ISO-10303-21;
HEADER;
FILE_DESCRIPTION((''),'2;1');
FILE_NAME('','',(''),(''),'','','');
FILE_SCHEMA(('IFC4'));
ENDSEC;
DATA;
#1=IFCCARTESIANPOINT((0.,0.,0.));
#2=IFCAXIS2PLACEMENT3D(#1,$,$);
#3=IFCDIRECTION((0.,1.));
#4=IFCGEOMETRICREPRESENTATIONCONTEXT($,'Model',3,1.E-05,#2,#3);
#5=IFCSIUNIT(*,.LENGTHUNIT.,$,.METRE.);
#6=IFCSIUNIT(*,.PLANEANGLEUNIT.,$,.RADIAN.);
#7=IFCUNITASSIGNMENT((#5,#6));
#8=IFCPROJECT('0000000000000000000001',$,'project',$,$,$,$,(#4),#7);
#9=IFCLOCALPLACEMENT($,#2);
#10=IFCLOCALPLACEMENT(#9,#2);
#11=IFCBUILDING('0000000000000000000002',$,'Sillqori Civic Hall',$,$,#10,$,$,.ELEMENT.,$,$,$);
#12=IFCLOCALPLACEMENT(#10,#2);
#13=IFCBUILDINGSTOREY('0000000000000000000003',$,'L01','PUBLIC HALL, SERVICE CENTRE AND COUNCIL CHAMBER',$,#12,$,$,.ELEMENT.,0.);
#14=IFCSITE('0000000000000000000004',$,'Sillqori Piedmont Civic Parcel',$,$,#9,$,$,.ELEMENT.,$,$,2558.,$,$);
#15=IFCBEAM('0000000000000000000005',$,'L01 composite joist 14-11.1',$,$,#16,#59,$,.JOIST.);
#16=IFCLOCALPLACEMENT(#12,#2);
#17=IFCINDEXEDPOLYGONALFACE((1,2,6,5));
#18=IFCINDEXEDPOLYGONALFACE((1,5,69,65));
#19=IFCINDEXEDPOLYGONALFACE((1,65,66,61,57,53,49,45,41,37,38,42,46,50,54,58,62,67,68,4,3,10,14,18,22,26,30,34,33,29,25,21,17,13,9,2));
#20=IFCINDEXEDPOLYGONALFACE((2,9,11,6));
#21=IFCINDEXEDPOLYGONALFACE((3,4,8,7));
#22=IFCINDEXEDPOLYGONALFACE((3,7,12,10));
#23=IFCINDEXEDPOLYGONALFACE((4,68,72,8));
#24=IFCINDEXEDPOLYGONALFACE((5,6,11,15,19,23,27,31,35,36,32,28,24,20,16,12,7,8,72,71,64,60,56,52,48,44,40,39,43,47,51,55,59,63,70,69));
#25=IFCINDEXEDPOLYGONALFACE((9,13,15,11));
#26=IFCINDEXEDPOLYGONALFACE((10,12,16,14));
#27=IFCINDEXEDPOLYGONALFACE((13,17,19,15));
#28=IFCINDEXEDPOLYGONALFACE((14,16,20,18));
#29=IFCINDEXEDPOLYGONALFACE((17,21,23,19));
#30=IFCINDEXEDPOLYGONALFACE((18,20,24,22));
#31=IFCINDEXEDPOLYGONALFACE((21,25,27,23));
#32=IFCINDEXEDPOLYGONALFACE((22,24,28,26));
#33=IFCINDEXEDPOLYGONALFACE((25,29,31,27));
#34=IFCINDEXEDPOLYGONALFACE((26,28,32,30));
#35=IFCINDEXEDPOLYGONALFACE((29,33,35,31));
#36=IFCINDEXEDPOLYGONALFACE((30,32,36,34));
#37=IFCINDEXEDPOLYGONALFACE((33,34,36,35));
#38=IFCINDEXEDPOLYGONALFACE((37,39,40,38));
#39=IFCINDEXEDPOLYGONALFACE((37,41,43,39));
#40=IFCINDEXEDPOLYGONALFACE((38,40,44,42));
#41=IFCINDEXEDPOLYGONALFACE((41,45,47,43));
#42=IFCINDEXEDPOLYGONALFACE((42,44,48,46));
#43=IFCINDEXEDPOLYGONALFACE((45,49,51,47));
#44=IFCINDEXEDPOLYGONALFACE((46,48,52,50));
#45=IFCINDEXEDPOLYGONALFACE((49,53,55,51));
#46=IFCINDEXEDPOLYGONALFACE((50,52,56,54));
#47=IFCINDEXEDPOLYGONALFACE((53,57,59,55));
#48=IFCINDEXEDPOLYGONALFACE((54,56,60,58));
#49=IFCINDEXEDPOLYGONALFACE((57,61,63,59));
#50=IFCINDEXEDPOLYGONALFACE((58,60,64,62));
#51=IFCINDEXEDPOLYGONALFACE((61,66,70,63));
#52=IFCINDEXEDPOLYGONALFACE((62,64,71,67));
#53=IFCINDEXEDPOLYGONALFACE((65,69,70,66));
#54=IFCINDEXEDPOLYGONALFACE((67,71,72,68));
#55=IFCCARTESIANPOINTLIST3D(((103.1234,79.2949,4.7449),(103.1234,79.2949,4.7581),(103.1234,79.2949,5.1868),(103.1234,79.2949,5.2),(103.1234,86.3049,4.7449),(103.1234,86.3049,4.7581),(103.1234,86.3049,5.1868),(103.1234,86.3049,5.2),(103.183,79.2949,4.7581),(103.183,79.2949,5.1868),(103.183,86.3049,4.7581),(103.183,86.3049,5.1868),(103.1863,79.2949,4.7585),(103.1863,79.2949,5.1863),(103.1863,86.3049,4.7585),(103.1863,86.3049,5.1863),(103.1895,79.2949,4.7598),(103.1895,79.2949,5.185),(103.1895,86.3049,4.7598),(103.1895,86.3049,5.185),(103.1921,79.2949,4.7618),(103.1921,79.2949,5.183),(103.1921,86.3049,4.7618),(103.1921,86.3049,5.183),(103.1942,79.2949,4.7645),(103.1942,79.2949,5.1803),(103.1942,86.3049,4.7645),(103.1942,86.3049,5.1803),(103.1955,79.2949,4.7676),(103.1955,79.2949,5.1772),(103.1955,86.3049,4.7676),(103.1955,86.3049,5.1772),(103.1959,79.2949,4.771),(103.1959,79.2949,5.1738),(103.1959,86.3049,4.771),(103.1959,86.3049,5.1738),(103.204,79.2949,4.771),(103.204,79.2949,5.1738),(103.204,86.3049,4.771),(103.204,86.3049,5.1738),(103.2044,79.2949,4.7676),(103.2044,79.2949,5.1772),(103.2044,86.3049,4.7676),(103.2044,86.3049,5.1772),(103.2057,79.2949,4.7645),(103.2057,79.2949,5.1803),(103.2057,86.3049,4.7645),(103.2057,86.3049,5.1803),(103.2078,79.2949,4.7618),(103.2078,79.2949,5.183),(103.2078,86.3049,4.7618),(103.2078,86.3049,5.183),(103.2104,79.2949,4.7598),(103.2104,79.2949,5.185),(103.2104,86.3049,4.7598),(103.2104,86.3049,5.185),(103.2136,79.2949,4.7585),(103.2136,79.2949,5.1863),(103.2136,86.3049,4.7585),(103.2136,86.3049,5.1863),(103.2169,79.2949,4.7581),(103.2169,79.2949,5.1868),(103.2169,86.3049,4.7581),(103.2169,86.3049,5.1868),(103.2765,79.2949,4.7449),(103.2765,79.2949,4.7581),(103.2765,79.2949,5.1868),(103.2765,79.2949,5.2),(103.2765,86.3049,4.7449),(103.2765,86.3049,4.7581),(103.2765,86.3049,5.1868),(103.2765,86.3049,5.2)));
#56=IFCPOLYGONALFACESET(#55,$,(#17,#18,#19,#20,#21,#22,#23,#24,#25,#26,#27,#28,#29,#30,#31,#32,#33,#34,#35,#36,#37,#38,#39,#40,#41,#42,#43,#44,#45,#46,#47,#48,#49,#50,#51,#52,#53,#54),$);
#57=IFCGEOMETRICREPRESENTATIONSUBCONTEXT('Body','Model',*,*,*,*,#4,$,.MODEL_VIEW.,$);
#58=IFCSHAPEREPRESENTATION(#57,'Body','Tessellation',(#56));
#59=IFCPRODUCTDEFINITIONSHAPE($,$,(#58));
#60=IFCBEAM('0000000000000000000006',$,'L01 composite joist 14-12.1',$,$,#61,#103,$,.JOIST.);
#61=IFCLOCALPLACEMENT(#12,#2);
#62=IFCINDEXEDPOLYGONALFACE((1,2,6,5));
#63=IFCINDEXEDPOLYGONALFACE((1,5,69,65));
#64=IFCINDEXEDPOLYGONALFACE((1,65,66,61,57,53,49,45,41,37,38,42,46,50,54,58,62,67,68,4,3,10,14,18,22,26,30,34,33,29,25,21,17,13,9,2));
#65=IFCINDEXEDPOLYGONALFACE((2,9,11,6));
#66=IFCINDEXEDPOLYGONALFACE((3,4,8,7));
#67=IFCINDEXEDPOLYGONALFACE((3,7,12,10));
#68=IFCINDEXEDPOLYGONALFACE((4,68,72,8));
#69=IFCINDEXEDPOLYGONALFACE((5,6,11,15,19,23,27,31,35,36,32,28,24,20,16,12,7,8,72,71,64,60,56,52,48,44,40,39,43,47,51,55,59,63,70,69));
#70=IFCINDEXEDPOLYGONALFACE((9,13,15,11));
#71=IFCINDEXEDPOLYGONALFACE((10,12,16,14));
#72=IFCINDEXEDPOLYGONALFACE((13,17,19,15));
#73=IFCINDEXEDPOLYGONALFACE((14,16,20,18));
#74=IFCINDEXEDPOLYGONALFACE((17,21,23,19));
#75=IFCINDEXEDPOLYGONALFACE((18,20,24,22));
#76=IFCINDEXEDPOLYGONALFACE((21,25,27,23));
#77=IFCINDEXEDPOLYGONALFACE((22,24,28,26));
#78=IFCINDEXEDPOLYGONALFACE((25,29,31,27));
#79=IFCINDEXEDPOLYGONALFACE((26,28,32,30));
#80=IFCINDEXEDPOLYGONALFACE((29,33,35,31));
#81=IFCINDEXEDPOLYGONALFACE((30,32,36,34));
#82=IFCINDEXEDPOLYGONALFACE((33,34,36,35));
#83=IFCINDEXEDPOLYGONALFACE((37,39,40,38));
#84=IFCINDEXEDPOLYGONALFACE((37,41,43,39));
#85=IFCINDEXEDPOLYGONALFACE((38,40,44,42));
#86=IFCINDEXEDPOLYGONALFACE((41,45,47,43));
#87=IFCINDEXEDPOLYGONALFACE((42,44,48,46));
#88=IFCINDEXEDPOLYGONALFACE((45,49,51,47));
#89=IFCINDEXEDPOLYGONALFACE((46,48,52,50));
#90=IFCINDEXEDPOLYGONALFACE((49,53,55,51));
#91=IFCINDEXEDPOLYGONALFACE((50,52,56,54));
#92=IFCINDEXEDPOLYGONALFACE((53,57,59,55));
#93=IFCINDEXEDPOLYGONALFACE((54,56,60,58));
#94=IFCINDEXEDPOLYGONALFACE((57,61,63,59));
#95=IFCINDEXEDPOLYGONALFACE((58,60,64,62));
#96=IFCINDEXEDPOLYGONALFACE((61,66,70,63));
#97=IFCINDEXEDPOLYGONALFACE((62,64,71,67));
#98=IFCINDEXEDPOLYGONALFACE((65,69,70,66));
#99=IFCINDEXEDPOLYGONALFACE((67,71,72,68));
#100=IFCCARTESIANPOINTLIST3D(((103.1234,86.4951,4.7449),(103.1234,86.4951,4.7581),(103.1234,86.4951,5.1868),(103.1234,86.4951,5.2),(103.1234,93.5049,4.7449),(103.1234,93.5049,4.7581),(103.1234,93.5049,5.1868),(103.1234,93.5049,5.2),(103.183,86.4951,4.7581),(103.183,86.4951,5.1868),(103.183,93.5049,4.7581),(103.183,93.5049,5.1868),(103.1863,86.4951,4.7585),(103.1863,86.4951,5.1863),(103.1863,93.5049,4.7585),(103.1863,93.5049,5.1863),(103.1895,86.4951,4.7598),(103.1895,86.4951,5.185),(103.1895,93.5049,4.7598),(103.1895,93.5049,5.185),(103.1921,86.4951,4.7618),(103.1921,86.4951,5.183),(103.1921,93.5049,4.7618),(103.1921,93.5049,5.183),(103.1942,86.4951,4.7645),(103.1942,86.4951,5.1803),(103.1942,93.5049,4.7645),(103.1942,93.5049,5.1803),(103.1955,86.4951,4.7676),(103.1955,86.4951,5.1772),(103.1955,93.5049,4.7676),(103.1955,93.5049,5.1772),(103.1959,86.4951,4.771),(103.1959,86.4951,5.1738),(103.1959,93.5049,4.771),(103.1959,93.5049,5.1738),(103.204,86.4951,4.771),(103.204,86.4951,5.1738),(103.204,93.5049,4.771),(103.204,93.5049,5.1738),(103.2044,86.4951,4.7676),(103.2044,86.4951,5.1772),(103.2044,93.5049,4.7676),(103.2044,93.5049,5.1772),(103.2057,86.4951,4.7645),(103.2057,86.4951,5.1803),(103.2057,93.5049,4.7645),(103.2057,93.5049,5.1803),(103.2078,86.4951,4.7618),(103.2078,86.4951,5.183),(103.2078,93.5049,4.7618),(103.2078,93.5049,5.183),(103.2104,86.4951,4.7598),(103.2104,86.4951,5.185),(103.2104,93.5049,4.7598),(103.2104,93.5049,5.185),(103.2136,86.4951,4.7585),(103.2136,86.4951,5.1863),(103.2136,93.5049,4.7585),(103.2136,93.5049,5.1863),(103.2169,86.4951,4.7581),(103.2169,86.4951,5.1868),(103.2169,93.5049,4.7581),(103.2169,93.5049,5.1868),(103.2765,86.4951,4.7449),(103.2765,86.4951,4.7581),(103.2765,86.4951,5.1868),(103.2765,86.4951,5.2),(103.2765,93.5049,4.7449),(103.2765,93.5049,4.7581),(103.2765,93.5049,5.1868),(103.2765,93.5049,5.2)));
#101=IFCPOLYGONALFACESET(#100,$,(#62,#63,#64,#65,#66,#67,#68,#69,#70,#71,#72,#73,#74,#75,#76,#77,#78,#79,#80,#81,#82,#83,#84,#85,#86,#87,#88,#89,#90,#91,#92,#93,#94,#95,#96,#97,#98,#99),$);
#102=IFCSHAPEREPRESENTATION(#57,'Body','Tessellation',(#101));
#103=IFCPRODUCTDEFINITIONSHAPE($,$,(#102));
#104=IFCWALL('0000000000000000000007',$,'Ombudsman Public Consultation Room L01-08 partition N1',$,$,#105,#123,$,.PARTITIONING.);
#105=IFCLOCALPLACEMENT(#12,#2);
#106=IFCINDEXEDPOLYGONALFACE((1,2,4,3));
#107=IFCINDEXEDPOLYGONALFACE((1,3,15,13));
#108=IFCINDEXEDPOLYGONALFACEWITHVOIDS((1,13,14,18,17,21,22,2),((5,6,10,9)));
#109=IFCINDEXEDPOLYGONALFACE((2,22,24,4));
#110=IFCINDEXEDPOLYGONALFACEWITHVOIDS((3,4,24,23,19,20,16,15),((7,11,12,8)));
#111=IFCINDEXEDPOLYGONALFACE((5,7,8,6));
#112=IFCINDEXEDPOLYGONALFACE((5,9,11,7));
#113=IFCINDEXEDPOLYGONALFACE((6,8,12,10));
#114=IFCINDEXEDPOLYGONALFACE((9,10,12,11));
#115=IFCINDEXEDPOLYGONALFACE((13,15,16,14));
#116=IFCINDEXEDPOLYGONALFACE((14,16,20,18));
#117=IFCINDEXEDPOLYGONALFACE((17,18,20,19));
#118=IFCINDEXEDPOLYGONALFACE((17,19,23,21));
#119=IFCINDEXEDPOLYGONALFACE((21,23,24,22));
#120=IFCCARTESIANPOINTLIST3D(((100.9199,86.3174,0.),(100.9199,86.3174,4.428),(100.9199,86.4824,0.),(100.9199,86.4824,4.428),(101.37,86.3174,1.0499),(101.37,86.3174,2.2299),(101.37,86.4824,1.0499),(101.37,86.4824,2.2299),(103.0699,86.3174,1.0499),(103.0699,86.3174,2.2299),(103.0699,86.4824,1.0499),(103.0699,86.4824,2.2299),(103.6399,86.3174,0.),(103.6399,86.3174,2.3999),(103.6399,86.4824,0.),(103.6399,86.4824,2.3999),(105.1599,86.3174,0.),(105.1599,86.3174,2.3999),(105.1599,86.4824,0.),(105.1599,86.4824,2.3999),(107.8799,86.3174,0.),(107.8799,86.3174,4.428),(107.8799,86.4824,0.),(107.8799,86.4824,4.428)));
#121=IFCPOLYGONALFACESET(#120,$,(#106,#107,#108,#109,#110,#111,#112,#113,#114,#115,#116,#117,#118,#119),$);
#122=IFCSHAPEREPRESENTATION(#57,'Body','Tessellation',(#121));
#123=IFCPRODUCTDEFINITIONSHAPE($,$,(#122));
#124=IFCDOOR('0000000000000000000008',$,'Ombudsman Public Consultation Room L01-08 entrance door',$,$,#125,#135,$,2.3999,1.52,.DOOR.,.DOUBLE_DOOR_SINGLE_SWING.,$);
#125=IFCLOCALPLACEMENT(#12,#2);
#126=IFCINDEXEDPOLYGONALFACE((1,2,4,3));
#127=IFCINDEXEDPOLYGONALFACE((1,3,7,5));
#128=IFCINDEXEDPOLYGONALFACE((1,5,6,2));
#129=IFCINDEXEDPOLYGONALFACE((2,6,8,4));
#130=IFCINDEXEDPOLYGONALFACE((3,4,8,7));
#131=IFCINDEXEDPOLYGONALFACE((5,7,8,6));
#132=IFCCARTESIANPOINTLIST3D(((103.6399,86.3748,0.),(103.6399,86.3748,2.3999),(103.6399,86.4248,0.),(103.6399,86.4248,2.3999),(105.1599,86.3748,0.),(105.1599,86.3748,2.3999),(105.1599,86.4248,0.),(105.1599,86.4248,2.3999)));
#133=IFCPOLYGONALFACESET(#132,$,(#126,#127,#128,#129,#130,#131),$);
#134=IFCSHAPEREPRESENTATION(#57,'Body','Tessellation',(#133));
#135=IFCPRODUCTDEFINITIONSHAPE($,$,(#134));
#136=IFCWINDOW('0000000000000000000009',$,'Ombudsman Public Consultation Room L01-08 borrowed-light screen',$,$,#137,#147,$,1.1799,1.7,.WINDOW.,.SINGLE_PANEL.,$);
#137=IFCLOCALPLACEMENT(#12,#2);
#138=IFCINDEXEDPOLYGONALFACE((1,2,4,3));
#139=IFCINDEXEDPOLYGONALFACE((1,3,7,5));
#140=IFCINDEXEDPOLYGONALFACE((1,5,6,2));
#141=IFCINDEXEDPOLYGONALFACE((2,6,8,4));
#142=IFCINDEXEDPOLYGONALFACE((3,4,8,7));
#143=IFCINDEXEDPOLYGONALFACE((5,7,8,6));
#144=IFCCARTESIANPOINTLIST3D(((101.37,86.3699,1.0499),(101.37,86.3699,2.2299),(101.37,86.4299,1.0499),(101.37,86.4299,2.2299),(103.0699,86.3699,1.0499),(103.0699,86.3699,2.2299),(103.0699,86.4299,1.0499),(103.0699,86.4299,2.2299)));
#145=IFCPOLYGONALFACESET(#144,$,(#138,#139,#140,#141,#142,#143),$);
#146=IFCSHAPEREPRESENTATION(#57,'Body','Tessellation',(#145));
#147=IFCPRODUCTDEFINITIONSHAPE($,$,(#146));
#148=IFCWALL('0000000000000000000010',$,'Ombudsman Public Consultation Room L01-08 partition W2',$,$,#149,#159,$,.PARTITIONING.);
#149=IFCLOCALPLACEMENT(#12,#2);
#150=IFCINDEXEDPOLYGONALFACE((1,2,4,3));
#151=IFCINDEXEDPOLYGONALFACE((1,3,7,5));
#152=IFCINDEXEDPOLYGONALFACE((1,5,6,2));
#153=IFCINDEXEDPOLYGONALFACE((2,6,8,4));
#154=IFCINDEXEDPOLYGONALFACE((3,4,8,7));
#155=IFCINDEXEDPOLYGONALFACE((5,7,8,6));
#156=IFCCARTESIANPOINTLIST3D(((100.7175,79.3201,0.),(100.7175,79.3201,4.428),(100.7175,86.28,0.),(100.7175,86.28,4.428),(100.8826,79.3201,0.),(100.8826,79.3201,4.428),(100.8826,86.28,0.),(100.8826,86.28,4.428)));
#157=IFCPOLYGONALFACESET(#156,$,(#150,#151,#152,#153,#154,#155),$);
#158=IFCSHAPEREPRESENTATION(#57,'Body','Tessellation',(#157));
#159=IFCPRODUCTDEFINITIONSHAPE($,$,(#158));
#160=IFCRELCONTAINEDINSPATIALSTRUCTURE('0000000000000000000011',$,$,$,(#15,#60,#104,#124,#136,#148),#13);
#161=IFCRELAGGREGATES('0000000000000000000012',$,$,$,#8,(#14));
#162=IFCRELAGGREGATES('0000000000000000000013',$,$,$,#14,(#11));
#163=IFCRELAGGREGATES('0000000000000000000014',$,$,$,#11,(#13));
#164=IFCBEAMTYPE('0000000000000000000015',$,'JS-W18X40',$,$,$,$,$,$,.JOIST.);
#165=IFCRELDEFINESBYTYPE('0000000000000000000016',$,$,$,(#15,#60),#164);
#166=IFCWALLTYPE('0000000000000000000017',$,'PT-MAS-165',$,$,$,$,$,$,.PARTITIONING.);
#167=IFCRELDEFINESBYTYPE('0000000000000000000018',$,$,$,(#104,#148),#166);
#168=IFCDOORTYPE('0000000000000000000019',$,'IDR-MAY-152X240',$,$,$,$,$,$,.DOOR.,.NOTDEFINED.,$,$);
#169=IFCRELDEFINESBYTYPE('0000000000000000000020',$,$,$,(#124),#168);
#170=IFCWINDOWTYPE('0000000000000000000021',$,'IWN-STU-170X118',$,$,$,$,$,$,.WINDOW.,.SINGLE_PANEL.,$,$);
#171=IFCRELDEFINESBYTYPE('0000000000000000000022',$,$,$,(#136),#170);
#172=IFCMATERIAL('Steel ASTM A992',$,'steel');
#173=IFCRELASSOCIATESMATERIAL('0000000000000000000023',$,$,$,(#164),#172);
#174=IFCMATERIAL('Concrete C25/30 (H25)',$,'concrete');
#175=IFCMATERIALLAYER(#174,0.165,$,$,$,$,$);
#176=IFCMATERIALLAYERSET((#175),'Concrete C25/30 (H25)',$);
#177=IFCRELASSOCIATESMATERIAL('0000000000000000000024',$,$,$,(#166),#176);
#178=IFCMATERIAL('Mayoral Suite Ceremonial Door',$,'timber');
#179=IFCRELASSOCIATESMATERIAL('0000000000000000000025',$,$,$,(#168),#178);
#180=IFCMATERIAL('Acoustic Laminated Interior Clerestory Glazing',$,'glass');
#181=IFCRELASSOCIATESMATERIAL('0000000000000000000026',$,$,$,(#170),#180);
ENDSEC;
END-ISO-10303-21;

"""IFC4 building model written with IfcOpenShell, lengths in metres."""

from ifc_helpers import new_model, si_unit, direction, frame, frame_2d, origin, origin_2d, place, context, subcontext, project, spatial, rectangle, i_section, extrude, material, layer, layer_set, material_profile, profile_set, type_object, element, fill, save


model = new_model("IFC4")

# Units and contexts
model_context = context("Model", 3, precision=1e-05, world=origin(), true_north=direction((0.0, 1.0)))
body_context = subcontext(model_context, "Body", "Model", "MODEL_VIEW")
ifc_project = project(units=[si_unit("LENGTHUNIT", "METRE"), si_unit("PLANEANGLEUNIT", "RADIAN")], contexts=[model_context])

# Site, building, storey
site_placement = place(None, origin())
site = spatial("IfcSite", under=ifc_project, at=site_placement, Name="Sillqori Piedmont Civic Parcel", CompositionType="ELEMENT", RefElevation=2558.0)
building_placement = place(site_placement, origin())
building = spatial("IfcBuilding", under=site, at=building_placement, Name="Sillqori Civic Hall", CompositionType="ELEMENT")
storey_placement = place(building_placement, origin())
storey = spatial("IfcBuildingStorey", under=building, at=storey_placement, Name="L01", Description="PUBLIC HALL, SERVICE CENTRE AND COUNCIL CHAMBER", CompositionType="ELEMENT", Elevation=0.0)

# Shared definitions
ifc_material_1 = material(Name="Steel ASTM A992", Category="steel")

# Beams
ifc_material_profile_1 = material_profile(ifc_material_1, i_section(OverallWidth=0.1531, OverallDepth=0.4551, WebThickness=0.0081, FlangeThickness=0.0132, FilletRadius=0.0129, at=origin_2d()), Name="W18X40")
ifc_profile_set_1 = profile_set([ifc_material_profile_1], Name="Steel ASTM A992")
beam_type_1 = type_object("IfcBeamType", Name="JS-W18X40", PredefinedType="JOIST", material=ifc_profile_set_1)
beam_1_placement = place(storey_placement, frame((103.2, 79.2949, 4.9724), z_axis=(0.0, 1.0, 0.0), x_axis=(-1.0, 0.0, 0.0)))
element("IfcBeam", 1, at=beam_1_placement, inside=storey, type_object=beam_type_1, Name="L01 composite joist 14-11.1", PredefinedType="JOIST", context=body_context, shape_type="SweptSolid", body=[
    extrude(i_section(OverallWidth=0.1531, OverallDepth=0.4551, WebThickness=0.0081, FlangeThickness=0.0132, FilletRadius=0.0129, at=origin_2d()), origin(), (0.0, 0.0, 1.0), 7.01),
])
beam_2_placement = place(storey_placement, frame((103.2, 86.4951, 4.9724), z_axis=(0.0, 1.0, 0.0), x_axis=(-1.0, 0.0, 0.0)))
element("IfcBeam", 2, at=beam_2_placement, inside=storey, type_object=beam_type_1, Name="L01 composite joist 14-12.1", PredefinedType="JOIST", context=body_context, shape_type="SweptSolid", body=[
    extrude(i_section(OverallWidth=0.1531, OverallDepth=0.4551, WebThickness=0.0081, FlangeThickness=0.0132, FilletRadius=0.0129, at=origin_2d()), origin(), (0.0, 0.0, 1.0), 7.0098),
])

# Wall, openings, door, window
ifc_material_2 = material(Name="Concrete C25/30 (H25)", Category="concrete")
ifc_layer = layer(ifc_material_2, 0.165)
ifc_layer_set = layer_set([ifc_layer], Name="Concrete C25/30 (H25)")
wall_type = type_object("IfcWallType", Name="PT-MAS-165", PredefinedType="PARTITIONING", material=ifc_layer_set)
wall_1_placement = place(storey_placement, frame((100.9199, 86.3999, 0.0), z_axis=(0.0, 0.0, 1.0), x_axis=(1.0, 0.0, 0.0)))
wall_1 = element("IfcWall", 3, at=wall_1_placement, inside=storey, type_object=wall_type, Name="Ombudsman Public Consultation Room L01-08 partition N1", PredefinedType="PARTITIONING", context=body_context, shape_type="SweptSolid", body=[
    extrude(rectangle(XDim=6.96, YDim=0.165, at=frame_2d((3.48, 0.0))), origin(), (0.0, 0.0, 1.0), 4.428),
])
opening_1_placement = place(wall_1_placement, frame((2.72, 0.0, 0.0)))
opening_1 = element("IfcOpeningElement", 4, at=opening_1_placement, cuts=wall_1, PredefinedType="OPENING", context=body_context, shape_type="SweptSolid", body=[
    extrude(rectangle(XDim=1.52, YDim=2.3999, at=frame_2d((0.76, 1.2))), frame((0.0, 0.0925, 0.0), z_axis=(0.0, -1.0, 0.0), x_axis=(1.0, 0.0, 0.0)), (0.0, 0.0, 1.0), 0.1851),
])
opening_2_placement = place(wall_1_placement, frame((0.45, 0.0, 1.05)))
opening_2 = element("IfcOpeningElement", 5, at=opening_2_placement, cuts=wall_1, PredefinedType="OPENING", context=body_context, shape_type="SweptSolid", body=[
    extrude(rectangle(XDim=1.7, YDim=1.1799, at=frame_2d((0.8501, 0.5898))), frame((0.0, 0.0925, 0.0), z_axis=(0.0, -1.0, 0.0), x_axis=(1.0, 0.0, 0.0)), (0.0, 0.0, 1.0), 0.1851),
])
ifc_material_3 = material(Name="Mayoral Suite Ceremonial Door", Category="timber")
door_type = type_object("IfcDoorType", Name="IDR-MAY-152X240", OperationType="NOTDEFINED", PredefinedType="DOOR", material=ifc_material_3)
door_placement = place(opening_1_placement, origin())
door = element("IfcDoor", 6, at=door_placement, inside=storey, type_object=door_type, Name="Ombudsman Public Consultation Room L01-08 entrance door", OperationType="DOUBLE_DOOR_SINGLE_SWING", OverallHeight=2.3999, OverallWidth=1.52, PredefinedType="DOOR", context=body_context, shape_type="SweptSolid", body=[
    extrude(rectangle(XDim=1.52, YDim=2.3999, at=frame_2d((0.76, 1.2))), frame((0.0, 0.0249, 0.0), z_axis=(0.0, -1.0, 0.0), x_axis=(1.0, 0.0, 0.0)), (0.0, 0.0, 1.0), 0.05),
])
fill(opening_1, door)
ifc_material_4 = material(Name="Acoustic Laminated Interior Clerestory Glazing", Category="glass")
window_type = type_object("IfcWindowType", Name="IWN-STU-170X118", PartitioningType="SINGLE_PANEL", PredefinedType="WINDOW", material=ifc_material_4)
window_placement = place(opening_2_placement, origin())
window = element("IfcWindow", 7, at=window_placement, inside=storey, type_object=window_type, Name="Ombudsman Public Consultation Room L01-08 borrowed-light screen", OverallHeight=1.1799, OverallWidth=1.7, PartitioningType="SINGLE_PANEL", PredefinedType="WINDOW", context=body_context, shape_type="SweptSolid", body=[
    extrude(rectangle(XDim=1.7, YDim=1.1799, at=frame_2d((0.8501, 0.5898))), frame((0.0, 0.03, 0.0), z_axis=(0.0, -1.0, 0.0), x_axis=(1.0, 0.0, 0.0)), (0.0, 0.0, 1.0), 0.0601),
])
fill(opening_2, window)

# Wall
wall_2_placement = place(storey_placement, frame((100.8, 79.3201, 0.0), z_axis=(0.0, 0.0, 1.0), x_axis=(0.0, 1.0, 0.0)))
element("IfcWall", 8, at=wall_2_placement, inside=storey, type_object=wall_type, Name="Ombudsman Public Consultation Room L01-08 partition W2", PredefinedType="PARTITIONING", context=body_context, shape_type="SweptSolid", body=[
    extrude(rectangle(XDim=6.96, YDim=0.165, at=frame_2d((3.48, 0.0))), origin(), (0.0, 0.0, 1.0), 4.428),
])

save(model, "model.ifc")
